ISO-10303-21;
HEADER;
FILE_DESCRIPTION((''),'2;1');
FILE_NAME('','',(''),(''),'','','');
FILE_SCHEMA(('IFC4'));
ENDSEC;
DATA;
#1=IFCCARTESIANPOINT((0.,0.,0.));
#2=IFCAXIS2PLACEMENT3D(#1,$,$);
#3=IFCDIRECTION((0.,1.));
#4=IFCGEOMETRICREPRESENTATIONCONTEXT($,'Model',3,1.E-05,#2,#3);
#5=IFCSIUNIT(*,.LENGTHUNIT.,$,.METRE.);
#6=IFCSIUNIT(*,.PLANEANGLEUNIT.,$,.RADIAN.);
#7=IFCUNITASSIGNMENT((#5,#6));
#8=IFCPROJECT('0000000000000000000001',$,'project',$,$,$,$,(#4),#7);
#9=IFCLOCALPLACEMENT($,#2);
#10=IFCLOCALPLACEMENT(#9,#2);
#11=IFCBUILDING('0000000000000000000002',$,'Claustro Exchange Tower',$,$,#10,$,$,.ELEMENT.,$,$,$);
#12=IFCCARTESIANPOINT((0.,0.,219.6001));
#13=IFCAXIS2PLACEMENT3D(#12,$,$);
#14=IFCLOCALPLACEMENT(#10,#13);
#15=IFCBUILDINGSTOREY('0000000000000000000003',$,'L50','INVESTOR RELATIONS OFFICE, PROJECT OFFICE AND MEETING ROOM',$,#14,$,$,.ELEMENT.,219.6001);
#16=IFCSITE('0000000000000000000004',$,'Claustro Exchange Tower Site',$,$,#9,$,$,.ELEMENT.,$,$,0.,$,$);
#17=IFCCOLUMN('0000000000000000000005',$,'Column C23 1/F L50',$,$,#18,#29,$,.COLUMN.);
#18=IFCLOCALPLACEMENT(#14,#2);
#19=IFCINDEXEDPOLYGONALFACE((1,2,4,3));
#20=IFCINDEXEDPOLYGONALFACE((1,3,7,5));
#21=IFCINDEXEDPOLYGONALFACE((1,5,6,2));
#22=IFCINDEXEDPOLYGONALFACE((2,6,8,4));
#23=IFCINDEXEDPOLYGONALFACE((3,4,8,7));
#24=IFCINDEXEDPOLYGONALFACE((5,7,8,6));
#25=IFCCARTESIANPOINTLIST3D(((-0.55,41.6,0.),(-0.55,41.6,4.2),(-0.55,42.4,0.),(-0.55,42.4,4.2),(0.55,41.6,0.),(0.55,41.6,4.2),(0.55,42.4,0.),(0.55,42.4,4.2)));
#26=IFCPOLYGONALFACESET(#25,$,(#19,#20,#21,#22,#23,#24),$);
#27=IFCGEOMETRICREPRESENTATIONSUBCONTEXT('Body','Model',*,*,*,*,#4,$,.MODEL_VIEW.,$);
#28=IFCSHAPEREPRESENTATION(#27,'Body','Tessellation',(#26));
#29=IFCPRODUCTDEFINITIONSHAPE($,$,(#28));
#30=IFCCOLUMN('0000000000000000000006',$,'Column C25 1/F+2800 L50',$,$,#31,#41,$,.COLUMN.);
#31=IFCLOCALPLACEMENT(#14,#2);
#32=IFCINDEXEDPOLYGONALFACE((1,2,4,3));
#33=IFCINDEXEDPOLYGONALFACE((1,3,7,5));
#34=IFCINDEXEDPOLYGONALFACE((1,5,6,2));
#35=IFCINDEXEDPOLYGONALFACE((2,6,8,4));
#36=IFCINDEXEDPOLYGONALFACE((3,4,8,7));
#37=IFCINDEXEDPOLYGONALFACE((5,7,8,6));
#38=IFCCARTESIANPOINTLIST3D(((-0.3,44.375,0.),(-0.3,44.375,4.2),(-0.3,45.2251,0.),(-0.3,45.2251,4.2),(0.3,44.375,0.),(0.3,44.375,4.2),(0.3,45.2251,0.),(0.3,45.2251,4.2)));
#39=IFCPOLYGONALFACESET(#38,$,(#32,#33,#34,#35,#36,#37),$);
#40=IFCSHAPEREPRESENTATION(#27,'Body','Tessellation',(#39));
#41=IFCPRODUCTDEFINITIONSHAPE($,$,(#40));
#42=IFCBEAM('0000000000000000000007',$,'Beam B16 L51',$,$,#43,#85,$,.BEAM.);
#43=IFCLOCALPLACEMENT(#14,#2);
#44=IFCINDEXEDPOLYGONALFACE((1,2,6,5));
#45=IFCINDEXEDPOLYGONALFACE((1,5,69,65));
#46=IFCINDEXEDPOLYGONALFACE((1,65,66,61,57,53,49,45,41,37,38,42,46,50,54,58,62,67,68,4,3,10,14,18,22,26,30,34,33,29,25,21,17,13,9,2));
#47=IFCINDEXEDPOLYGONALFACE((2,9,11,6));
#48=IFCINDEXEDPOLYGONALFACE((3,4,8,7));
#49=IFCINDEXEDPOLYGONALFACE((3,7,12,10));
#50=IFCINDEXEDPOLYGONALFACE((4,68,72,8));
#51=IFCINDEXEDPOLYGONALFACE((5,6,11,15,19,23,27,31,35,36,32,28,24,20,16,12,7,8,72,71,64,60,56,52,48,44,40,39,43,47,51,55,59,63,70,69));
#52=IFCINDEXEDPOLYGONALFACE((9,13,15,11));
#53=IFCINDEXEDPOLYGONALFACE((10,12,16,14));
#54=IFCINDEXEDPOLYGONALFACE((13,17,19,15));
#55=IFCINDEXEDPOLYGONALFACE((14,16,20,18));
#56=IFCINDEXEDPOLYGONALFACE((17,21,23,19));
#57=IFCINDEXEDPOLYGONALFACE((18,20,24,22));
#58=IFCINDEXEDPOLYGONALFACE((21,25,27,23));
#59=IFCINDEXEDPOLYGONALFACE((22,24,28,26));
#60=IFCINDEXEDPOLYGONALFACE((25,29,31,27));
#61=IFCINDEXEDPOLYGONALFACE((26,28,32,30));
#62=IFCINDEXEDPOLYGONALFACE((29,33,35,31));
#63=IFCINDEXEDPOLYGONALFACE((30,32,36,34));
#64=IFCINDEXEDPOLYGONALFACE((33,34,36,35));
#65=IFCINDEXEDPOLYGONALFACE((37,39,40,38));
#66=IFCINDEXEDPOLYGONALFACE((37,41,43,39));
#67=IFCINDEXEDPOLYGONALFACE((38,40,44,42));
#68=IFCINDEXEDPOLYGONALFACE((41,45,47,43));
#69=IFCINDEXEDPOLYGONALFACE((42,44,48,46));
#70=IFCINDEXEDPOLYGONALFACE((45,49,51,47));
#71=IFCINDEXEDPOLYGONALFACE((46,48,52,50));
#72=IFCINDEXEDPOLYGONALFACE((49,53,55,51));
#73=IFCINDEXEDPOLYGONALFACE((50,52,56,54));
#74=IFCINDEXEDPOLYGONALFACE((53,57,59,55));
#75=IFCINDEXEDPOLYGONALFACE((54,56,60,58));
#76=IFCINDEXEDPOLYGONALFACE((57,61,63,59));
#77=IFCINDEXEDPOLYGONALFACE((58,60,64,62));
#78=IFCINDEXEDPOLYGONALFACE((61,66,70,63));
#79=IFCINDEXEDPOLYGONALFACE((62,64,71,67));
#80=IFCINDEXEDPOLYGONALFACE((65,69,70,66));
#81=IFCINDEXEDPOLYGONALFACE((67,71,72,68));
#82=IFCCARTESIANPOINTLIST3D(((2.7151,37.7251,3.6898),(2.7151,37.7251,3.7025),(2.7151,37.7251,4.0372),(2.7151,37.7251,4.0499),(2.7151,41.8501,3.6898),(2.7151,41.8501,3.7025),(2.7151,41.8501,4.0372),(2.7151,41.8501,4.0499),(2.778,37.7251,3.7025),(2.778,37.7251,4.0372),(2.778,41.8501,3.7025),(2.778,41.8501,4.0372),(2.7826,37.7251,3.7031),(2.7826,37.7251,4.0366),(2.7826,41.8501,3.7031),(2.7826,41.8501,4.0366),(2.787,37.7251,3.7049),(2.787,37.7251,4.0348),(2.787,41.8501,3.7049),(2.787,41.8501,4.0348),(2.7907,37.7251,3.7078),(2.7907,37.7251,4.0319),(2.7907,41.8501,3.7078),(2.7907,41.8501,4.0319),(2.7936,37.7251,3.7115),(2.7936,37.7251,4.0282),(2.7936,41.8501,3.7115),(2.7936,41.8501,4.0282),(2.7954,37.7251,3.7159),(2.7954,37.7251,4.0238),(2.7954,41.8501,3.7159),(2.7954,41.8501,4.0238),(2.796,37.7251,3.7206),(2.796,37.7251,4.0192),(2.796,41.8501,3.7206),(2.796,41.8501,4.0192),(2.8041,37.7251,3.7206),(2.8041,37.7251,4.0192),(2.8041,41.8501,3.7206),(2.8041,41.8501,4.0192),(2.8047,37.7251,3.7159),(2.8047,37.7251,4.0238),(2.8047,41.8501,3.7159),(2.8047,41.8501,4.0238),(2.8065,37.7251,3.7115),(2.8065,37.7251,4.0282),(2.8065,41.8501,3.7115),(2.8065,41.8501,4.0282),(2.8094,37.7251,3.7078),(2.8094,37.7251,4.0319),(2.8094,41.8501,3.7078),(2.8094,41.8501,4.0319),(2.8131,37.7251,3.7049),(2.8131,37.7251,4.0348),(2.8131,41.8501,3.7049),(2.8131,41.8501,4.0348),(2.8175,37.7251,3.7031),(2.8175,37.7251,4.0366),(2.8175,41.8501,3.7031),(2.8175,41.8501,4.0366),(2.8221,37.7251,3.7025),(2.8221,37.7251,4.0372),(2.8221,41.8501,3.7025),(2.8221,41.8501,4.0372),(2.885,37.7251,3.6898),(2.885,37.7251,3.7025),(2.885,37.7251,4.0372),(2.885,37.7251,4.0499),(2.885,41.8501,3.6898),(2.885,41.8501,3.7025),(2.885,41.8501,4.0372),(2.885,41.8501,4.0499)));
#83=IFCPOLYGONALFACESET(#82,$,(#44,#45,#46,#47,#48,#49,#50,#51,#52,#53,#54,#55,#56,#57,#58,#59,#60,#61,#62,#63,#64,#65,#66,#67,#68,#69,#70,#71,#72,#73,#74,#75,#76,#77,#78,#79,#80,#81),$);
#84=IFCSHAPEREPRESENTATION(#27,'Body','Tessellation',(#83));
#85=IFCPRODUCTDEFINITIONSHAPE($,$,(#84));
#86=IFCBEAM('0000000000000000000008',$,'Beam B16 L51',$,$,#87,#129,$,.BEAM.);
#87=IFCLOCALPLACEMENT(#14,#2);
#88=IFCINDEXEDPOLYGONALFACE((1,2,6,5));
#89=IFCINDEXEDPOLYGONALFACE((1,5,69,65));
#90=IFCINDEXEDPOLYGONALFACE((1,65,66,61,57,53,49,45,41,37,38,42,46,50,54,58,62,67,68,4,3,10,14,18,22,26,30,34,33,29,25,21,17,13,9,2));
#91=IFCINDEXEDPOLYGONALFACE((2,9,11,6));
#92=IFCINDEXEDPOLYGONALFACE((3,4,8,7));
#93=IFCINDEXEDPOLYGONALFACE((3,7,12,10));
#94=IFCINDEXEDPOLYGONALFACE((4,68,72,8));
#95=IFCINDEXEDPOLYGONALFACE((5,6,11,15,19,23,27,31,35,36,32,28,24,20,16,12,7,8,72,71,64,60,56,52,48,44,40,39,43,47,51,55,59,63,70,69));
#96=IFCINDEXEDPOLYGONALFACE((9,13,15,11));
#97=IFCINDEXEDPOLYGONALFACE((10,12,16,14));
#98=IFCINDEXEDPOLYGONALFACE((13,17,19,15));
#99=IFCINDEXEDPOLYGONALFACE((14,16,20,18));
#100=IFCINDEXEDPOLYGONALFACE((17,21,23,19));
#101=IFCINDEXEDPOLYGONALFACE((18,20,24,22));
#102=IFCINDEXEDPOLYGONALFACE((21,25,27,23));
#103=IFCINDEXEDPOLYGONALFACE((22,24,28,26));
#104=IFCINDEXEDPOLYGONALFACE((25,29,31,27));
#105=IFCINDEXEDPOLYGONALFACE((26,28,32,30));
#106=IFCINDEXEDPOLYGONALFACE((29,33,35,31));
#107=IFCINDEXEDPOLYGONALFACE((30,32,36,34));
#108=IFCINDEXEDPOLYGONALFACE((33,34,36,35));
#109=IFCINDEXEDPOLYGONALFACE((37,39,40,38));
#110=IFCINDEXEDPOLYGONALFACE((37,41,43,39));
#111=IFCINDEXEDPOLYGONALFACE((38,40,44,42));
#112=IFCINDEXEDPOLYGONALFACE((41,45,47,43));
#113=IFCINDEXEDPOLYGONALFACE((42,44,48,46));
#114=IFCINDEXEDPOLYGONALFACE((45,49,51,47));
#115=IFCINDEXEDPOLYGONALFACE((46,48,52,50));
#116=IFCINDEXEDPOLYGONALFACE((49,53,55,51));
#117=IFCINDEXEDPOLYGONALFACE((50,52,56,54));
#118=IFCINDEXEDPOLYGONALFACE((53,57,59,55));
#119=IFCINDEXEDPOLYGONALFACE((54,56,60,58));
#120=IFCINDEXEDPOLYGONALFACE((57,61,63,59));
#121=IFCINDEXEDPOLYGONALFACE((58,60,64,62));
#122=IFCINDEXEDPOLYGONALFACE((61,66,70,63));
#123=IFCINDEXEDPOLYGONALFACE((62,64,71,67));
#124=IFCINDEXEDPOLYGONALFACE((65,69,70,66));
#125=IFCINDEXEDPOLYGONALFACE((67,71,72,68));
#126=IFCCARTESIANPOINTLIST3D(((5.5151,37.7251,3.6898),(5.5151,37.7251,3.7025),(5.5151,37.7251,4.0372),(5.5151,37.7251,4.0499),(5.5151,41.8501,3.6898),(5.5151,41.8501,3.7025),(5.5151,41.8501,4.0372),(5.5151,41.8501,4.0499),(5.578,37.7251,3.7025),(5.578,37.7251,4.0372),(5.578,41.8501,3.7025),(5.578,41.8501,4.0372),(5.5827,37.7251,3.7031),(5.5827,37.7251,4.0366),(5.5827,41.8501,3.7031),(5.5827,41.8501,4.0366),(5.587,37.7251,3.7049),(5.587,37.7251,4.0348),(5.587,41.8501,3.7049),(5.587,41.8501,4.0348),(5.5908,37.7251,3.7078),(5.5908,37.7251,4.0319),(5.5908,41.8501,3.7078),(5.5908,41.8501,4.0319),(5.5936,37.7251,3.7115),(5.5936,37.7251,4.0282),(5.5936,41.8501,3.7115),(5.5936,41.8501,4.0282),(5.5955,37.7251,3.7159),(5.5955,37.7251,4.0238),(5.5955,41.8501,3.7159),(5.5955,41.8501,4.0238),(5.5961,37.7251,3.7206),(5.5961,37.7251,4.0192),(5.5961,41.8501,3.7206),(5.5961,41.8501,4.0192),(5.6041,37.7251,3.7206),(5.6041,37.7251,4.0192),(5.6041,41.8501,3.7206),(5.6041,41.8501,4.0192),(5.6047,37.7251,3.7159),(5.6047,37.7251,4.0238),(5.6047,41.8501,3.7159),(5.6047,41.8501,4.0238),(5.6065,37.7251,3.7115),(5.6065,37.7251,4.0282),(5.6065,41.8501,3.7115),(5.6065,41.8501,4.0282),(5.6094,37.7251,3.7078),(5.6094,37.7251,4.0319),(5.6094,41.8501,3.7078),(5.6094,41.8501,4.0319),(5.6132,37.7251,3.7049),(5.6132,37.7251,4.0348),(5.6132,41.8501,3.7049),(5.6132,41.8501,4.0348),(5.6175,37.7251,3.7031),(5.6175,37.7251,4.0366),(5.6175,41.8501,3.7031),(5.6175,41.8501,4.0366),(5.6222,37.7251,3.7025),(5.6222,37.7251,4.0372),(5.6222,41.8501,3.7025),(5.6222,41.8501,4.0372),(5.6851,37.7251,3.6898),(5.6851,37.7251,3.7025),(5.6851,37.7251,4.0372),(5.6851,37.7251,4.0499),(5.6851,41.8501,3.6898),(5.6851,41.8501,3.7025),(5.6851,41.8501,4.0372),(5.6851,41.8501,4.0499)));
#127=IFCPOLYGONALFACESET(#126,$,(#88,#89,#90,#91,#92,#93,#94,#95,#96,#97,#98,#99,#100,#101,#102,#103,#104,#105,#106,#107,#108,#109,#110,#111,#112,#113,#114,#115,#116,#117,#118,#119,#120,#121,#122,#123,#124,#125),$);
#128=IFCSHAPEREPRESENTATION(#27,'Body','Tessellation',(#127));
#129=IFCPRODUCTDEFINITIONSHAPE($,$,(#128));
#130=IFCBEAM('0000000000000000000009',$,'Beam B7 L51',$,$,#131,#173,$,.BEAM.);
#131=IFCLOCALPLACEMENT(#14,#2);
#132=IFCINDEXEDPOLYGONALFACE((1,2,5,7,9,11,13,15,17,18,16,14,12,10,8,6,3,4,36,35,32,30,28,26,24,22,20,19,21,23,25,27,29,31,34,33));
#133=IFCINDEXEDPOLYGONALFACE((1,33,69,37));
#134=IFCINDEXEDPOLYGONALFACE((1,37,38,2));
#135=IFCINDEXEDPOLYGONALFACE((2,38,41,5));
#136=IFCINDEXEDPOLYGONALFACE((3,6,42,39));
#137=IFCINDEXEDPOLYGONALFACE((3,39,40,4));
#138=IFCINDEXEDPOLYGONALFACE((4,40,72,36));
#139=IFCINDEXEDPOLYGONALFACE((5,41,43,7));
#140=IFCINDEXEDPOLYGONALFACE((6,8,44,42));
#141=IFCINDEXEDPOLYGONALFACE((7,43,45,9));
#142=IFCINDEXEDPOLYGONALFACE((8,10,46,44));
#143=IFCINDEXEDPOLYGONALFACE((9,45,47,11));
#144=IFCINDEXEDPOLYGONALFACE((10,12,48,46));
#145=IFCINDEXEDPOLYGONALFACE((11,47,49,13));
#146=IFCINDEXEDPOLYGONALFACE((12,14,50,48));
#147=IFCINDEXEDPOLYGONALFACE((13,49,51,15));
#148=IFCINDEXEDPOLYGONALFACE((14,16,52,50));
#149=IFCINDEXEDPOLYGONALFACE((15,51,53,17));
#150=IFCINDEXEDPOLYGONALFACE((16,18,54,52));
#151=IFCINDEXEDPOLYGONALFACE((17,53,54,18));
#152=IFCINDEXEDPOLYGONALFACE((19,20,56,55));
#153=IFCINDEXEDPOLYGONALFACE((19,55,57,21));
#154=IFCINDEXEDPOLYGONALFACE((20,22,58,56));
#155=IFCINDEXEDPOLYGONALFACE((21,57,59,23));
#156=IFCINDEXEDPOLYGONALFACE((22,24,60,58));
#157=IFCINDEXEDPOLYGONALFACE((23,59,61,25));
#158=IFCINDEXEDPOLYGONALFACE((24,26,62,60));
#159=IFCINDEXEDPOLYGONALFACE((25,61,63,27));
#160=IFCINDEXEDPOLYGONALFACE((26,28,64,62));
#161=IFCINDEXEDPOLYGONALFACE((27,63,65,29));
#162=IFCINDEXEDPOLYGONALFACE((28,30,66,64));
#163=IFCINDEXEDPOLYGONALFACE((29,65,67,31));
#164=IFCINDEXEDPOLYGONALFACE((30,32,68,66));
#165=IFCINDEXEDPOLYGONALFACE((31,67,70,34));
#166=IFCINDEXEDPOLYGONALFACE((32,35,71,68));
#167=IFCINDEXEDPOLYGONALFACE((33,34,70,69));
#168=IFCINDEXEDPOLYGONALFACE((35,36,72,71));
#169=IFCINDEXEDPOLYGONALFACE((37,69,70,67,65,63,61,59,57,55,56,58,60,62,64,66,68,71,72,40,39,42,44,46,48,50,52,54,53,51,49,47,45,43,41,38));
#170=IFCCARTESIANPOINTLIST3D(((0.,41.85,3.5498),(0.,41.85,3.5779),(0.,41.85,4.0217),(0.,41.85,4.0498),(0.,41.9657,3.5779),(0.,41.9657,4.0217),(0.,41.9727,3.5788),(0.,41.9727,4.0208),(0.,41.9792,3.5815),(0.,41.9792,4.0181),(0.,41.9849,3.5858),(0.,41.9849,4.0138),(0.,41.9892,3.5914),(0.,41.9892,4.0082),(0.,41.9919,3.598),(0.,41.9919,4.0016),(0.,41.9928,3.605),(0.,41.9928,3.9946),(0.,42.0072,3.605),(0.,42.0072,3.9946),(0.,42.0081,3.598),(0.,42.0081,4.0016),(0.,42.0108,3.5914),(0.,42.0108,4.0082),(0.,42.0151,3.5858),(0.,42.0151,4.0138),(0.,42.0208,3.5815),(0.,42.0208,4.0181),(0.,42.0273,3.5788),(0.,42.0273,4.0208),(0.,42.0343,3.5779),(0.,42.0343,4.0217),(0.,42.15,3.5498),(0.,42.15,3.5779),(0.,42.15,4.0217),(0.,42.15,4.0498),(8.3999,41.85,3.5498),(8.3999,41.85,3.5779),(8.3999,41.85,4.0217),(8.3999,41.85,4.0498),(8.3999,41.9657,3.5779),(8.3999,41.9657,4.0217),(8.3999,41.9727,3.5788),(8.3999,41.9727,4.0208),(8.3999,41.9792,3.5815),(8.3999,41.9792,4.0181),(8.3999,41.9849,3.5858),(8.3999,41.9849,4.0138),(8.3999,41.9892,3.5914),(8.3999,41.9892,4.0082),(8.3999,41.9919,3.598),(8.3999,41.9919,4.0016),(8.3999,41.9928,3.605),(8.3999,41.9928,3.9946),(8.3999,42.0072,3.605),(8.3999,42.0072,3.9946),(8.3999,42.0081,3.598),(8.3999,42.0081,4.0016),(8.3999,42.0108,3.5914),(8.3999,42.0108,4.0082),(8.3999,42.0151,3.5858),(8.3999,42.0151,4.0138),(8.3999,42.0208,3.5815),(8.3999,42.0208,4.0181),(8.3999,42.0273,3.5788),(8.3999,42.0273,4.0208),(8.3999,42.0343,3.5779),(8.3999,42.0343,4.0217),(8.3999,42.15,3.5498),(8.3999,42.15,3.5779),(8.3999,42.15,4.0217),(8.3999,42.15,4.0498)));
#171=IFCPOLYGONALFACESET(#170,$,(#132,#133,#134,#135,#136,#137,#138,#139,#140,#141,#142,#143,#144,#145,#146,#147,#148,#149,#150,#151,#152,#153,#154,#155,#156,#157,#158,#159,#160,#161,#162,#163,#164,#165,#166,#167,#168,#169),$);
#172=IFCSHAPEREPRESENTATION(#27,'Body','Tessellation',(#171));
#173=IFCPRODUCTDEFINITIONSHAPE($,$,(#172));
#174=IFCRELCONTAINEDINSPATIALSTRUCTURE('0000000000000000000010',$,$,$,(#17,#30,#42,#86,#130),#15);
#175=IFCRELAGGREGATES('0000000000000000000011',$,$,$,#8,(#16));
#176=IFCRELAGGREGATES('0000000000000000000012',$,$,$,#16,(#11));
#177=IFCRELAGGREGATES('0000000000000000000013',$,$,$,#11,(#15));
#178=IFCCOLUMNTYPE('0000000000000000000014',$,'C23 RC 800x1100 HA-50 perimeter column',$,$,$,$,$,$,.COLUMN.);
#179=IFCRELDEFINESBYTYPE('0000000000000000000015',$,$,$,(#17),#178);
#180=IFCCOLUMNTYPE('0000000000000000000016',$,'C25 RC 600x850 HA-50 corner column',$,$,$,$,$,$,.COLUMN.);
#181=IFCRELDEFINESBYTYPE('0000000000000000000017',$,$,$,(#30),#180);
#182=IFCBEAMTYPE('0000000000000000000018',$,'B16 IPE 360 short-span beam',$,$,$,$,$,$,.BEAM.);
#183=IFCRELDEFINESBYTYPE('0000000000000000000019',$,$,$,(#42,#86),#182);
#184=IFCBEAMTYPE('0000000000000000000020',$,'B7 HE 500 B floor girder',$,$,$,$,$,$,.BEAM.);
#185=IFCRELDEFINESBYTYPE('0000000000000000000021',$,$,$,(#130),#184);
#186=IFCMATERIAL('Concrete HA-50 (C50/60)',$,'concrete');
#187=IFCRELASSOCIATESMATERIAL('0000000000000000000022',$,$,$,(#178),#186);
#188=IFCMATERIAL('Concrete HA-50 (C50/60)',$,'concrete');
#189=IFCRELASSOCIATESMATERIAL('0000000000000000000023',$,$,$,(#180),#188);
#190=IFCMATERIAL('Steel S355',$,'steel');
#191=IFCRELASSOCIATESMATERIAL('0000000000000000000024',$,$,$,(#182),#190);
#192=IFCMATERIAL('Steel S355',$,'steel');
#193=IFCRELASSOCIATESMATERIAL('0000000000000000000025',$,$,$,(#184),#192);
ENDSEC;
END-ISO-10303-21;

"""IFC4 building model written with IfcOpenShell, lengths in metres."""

from ifc_helpers import new_model, si_unit, direction, frame, origin, origin_2d, place, context, subcontext, project, spatial, rectangle, i_section, extrude, material, material_profile, profile_set, type_object, element, save


model = new_model("IFC4")

# Units and contexts
model_context = context("Model", 3, precision=1e-05, world=origin(), true_north=direction((0.0, 1.0)))
body_context = subcontext(model_context, "Body", "Model", "MODEL_VIEW")
ifc_project = project(units=[si_unit("LENGTHUNIT", "METRE"), si_unit("PLANEANGLEUNIT", "RADIAN")], contexts=[model_context])

# Site, building, storey
site_placement = place(None, origin())
site = spatial("IfcSite", under=ifc_project, at=site_placement, Name="Claustro Exchange Tower Site", CompositionType="ELEMENT", RefElevation=0.0)
building_placement = place(site_placement, origin())
building = spatial("IfcBuilding", under=site, at=building_placement, Name="Claustro Exchange Tower", CompositionType="ELEMENT")
storey_placement = place(building_placement, frame((0.0, 0.0, 219.6001)))
storey = spatial("IfcBuildingStorey", under=building, at=storey_placement, Name="L50", Description="INVESTOR RELATIONS OFFICE, PROJECT OFFICE AND MEETING ROOM", CompositionType="ELEMENT", Elevation=219.6001)

# Columns
ifc_material_1 = material(Name="Concrete HA-50 (C50/60)", Category="concrete")
ifc_material_profile_1 = material_profile(ifc_material_1, rectangle(XDim=0.8, YDim=1.1001, at=origin_2d()), Name="RC 800x1100")
ifc_profile_set_1 = profile_set([ifc_material_profile_1], Name="Concrete HA-50 (C50/60)")
column_type_1 = type_object("IfcColumnType", Name="C23 RC 800x1100 HA-50 perimeter column", PredefinedType="COLUMN", material=ifc_profile_set_1)
column_1_placement = place(storey_placement, frame((0.0, 42.0, 0.0), z_axis=(0.0, 0.0, 1.0), x_axis=(0.0, 1.0, 0.0)))
element("IfcColumn", 1, at=column_1_placement, inside=storey, type_object=column_type_1, Name="Column C23 1/F L50", PredefinedType="COLUMN", context=body_context, shape_type="SweptSolid", body=[
    extrude(rectangle(XDim=0.8, YDim=1.1001, at=origin_2d()), origin(), (0.0, 0.0, 1.0), 4.2),
])
ifc_material_2 = material(Name="Concrete HA-50 (C50/60)", Category="concrete")
ifc_material_profile_2 = material_profile(ifc_material_2, rectangle(XDim=0.6001, YDim=0.8501, at=origin_2d()), Name="RC 600x850")
ifc_profile_set_2 = profile_set([ifc_material_profile_2], Name="Concrete HA-50 (C50/60)")
column_type_2 = type_object("IfcColumnType", Name="C25 RC 600x850 HA-50 corner column", PredefinedType="COLUMN", material=ifc_profile_set_2)
column_2_placement = place(storey_placement, frame((0.0, 44.8, 0.0), z_axis=(0.0, 0.0, 1.0), x_axis=(1.0, 0.0, 0.0)))
element("IfcColumn", 2, at=column_2_placement, inside=storey, type_object=column_type_2, Name="Column C25 1/F+2800 L50", PredefinedType="COLUMN", context=body_context, shape_type="SweptSolid", body=[
    extrude(rectangle(XDim=0.6001, YDim=0.8501, at=origin_2d()), origin(), (0.0, 0.0, 1.0), 4.2),
])

# Beams
ifc_material_3 = material(Name="Steel S355", Category="steel")
ifc_material_profile_3 = material_profile(ifc_material_3, i_section(OverallWidth=0.1699, OverallDepth=0.3601, WebThickness=0.0081, FlangeThickness=0.0127, FilletRadius=0.0181, at=origin_2d()), Name="IPE 360")
ifc_profile_set_3 = profile_set([ifc_material_profile_3], Name="Steel S355")
beam_type_1 = type_object("IfcBeamType", Name="B16 IPE 360 short-span beam", PredefinedType="BEAM", material=ifc_profile_set_3)
for number, where, z_axis, x_axis, name in (
    (3, (2.8, 37.7251, 3.8699), (0.0, 1.0, 0.0), (-1.0, 0.0, 0.0), "Beam B16 L51"),
    (4, (5.6001, 37.7251, 3.8699), (0.0, 1.0, 0.0), (-1.0, 0.0, 0.0), "Beam B16 L51"),
):
    element("IfcBeam", number, at=place(storey_placement, frame(where, z_axis=z_axis, x_axis=x_axis)), inside=storey, type_object=beam_type_1, Name=name, PredefinedType="BEAM", context=body_context, shape_type="SweptSolid", body=[
        extrude(i_section(OverallWidth=0.1699, OverallDepth=0.3601, WebThickness=0.0081, FlangeThickness=0.0127, FilletRadius=0.0181, at=origin_2d()), origin(), (0.0, 0.0, 1.0), 4.125),
    ])
ifc_material_4 = material(Name="Steel S355", Category="steel")
ifc_material_profile_4 = material_profile(ifc_material_4, i_section(OverallWidth=0.3, OverallDepth=0.5, WebThickness=0.0144, FlangeThickness=0.0281, FilletRadius=0.0271, at=origin_2d()), Name="HE 500 B")
ifc_profile_set_4 = profile_set([ifc_material_profile_4], Name="Steel S355")
beam_type_2 = type_object("IfcBeamType", Name="B7 HE 500 B floor girder", PredefinedType="BEAM", material=ifc_profile_set_4)
beam_1_placement = place(storey_placement, frame((0.0, 42.0, 3.7998), z_axis=(1.0, 0.0, 0.0), x_axis=(0.0, 1.0, 0.0)))
element("IfcBeam", 5, at=beam_1_placement, inside=storey, type_object=beam_type_2, Name="Beam B7 L51", PredefinedType="BEAM", context=body_context, shape_type="SweptSolid", body=[
    extrude(i_section(OverallWidth=0.3, OverallDepth=0.5, WebThickness=0.0144, FlangeThickness=0.0281, FilletRadius=0.0271, at=origin_2d()), origin(), (0.0, 0.0, 1.0), 8.3999),
])

save(model, "model.ifc")
